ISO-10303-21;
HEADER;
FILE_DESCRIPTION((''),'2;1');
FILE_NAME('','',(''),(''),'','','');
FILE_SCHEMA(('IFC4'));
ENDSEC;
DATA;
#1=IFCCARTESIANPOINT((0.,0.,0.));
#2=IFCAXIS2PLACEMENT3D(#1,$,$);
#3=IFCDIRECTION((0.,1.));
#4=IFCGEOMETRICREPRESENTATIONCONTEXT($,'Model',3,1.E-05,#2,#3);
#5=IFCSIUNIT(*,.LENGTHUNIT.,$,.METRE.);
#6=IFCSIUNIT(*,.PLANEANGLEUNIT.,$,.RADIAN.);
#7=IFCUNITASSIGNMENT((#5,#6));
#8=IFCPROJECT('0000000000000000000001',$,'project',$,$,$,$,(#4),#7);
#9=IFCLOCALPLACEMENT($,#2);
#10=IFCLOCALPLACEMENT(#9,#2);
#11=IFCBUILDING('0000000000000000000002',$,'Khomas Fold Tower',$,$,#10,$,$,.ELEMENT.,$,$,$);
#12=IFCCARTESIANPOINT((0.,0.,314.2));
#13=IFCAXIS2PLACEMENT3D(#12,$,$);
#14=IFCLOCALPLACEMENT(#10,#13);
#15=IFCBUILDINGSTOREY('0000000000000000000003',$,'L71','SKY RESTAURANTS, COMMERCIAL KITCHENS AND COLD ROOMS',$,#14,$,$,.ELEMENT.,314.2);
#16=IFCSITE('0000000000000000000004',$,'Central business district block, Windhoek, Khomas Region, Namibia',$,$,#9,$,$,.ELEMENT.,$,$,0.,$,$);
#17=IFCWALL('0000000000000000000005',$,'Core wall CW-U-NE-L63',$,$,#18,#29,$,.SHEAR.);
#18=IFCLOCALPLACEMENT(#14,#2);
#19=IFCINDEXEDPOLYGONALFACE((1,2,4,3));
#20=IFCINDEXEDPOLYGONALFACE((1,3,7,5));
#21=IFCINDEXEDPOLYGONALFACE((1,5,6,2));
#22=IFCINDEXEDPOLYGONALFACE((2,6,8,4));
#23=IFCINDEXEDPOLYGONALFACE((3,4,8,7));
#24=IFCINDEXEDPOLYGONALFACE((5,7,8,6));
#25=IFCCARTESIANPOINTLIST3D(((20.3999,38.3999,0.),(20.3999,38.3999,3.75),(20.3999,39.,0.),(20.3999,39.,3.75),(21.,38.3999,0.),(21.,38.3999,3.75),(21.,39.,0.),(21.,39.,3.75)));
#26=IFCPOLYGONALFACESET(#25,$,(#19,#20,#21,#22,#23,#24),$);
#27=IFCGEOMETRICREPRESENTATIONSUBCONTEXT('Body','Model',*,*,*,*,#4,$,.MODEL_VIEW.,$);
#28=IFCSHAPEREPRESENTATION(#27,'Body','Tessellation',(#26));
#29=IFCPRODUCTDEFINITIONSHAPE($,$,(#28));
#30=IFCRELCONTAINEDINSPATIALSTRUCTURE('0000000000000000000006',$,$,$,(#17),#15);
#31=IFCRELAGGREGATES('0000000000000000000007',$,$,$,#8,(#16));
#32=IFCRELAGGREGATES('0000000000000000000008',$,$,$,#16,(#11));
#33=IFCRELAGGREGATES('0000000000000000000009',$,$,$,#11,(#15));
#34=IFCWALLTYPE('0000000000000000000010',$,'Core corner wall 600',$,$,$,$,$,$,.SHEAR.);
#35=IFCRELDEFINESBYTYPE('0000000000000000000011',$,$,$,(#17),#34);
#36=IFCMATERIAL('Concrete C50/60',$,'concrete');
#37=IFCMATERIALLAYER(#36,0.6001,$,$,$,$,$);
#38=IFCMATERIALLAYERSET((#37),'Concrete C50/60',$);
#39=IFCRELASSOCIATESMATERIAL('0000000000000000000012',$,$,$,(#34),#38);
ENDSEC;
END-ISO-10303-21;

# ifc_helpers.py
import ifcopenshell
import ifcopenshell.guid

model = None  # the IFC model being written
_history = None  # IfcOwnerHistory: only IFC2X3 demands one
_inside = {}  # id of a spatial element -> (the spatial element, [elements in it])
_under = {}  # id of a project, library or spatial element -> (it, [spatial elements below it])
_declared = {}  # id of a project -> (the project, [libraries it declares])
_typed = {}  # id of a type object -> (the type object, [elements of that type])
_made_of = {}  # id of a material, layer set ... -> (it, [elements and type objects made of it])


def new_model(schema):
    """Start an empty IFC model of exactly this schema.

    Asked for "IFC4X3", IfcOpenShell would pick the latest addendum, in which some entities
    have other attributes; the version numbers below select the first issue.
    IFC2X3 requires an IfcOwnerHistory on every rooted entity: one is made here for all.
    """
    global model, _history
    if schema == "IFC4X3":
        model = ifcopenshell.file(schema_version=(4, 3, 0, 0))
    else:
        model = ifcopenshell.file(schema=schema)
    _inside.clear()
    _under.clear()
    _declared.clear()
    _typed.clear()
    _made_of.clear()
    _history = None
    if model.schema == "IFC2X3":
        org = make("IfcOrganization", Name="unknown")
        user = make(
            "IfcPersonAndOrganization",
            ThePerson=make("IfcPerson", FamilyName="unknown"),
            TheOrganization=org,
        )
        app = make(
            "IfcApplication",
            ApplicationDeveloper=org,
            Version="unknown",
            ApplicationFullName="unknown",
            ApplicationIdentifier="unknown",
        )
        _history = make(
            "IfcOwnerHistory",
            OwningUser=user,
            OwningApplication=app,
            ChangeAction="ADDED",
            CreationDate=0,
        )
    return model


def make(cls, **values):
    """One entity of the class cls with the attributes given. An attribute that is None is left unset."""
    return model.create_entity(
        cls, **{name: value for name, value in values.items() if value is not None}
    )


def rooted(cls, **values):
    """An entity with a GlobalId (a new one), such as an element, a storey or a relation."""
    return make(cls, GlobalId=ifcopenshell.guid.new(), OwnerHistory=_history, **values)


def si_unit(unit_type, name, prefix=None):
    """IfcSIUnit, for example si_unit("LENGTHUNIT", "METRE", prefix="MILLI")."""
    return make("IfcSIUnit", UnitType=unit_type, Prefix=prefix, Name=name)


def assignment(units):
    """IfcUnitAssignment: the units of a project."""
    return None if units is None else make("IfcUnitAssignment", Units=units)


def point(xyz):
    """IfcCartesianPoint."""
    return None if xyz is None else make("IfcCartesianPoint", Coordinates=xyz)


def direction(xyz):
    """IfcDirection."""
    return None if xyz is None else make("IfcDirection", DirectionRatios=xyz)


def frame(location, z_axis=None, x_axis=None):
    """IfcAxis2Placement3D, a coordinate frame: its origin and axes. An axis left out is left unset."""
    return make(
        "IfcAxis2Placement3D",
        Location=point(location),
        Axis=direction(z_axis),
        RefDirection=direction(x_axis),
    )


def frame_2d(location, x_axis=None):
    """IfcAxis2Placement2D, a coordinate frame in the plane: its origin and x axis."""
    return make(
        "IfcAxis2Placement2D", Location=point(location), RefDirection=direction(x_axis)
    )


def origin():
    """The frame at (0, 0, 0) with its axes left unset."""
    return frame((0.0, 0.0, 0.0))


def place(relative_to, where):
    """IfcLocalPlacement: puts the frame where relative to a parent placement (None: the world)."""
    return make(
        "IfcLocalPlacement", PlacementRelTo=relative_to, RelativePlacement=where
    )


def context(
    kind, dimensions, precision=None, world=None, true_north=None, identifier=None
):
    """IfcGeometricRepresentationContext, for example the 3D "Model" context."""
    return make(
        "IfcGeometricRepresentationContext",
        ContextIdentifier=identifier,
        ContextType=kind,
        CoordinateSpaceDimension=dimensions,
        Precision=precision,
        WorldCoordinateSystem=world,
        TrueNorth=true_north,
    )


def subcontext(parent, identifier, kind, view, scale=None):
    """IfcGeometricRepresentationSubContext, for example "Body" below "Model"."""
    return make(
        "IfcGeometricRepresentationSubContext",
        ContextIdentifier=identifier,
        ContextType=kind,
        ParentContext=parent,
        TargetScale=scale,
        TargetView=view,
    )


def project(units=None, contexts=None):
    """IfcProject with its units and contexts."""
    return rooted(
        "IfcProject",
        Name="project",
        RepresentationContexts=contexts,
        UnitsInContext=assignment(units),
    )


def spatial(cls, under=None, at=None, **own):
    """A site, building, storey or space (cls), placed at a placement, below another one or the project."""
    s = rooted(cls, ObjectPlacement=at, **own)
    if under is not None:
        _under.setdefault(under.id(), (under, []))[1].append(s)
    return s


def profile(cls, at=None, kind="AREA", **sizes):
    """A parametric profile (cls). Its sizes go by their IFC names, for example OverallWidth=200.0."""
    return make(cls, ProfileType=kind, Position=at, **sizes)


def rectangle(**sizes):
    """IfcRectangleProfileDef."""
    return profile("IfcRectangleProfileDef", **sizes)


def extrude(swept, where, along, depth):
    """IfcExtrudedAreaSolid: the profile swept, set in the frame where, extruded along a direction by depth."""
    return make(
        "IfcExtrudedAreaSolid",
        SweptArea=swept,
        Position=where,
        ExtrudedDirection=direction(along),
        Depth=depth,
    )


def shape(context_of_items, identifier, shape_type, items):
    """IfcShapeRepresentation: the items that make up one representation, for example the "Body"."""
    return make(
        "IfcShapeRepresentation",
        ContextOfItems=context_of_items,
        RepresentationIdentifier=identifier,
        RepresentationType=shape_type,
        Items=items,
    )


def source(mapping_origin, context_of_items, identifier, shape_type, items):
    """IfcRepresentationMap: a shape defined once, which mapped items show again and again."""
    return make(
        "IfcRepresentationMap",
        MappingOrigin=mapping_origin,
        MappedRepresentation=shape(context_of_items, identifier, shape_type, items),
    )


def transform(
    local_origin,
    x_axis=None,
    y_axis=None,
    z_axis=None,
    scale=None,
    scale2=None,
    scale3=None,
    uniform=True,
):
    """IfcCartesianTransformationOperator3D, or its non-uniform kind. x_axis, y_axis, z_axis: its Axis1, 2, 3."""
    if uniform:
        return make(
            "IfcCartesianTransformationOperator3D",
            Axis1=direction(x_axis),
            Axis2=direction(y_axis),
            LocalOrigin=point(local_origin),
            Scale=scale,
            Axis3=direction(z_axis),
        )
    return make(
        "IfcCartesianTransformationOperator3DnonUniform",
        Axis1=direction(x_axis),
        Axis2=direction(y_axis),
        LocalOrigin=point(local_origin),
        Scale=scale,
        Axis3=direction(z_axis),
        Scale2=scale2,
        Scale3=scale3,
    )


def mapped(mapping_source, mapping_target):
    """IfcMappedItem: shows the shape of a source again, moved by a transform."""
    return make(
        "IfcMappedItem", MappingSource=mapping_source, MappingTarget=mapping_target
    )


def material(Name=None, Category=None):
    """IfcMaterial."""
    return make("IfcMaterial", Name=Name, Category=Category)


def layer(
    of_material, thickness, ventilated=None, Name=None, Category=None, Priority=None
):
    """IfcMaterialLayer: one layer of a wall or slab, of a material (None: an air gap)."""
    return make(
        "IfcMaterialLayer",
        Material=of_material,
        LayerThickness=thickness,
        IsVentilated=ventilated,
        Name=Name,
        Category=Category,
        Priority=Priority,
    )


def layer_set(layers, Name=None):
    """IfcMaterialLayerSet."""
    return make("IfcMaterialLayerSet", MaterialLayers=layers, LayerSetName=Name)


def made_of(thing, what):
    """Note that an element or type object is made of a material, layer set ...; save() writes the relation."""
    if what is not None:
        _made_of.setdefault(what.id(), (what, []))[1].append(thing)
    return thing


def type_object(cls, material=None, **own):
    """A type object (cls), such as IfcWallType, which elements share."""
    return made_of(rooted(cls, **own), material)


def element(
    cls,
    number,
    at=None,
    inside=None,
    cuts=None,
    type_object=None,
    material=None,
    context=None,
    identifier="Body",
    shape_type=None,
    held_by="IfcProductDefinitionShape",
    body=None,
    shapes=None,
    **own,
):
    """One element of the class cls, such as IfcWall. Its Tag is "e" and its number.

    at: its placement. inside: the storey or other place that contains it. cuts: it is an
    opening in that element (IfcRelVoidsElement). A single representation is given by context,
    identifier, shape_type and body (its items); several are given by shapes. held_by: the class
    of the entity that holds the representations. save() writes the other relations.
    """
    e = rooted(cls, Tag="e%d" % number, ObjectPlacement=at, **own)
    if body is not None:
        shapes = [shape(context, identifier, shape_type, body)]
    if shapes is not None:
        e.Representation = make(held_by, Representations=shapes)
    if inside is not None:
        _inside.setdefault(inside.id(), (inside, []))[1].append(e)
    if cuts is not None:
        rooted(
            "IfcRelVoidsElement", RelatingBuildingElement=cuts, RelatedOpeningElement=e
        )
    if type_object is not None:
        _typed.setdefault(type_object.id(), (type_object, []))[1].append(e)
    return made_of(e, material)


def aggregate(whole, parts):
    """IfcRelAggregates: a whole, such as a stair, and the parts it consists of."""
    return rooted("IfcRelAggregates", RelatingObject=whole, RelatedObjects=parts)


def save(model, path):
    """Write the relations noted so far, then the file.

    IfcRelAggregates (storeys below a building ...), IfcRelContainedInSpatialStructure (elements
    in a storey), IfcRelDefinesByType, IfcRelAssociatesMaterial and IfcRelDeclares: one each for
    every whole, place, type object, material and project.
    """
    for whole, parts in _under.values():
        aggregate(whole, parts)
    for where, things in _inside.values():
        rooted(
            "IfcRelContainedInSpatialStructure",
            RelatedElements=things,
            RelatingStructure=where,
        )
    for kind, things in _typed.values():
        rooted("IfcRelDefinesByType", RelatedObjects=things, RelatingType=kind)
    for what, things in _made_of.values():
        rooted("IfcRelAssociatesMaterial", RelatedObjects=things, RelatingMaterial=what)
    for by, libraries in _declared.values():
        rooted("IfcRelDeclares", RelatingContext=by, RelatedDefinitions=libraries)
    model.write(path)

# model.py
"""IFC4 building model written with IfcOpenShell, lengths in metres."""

from ifc_helpers import new_model, si_unit, direction, frame, frame_2d, origin, place, context, subcontext, project, spatial, rectangle, extrude, source, transform, mapped, material, layer, layer_set, type_object, element, save


model = new_model("IFC4")

# Units and contexts
model_context = context("Model", 3, precision=1e-05, world=origin(), true_north=direction((0.0, 1.0)))
body_context = subcontext(model_context, "Body", "Model", "MODEL_VIEW")
ifc_project = project(units=[si_unit("LENGTHUNIT", "METRE"), si_unit("PLANEANGLEUNIT", "RADIAN")], contexts=[model_context])

# Site, building, storey
site_placement = place(None, origin())
site = spatial("IfcSite", under=ifc_project, at=site_placement, Name="Central business district block, Windhoek, Khomas Region, Namibia", CompositionType="ELEMENT", RefElevation=0.0)
building_placement = place(site_placement, origin())
building = spatial("IfcBuilding", under=site, at=building_placement, Name="Khomas Fold Tower", CompositionType="ELEMENT")
storey_placement = place(building_placement, frame((0.0, 0.0, 314.2)))
storey = spatial("IfcBuildingStorey", under=building, at=storey_placement, Name="L71", Description="SKY RESTAURANTS, COMMERCIAL KITCHENS AND COLD ROOMS", CompositionType="ELEMENT", Elevation=314.2)

# Wall
ifc_material_1 = material(Name="Concrete C50/60", Category="concrete")
ifc_layer_1 = layer(ifc_material_1, 0.6001)
ifc_layer_set_1 = layer_set([ifc_layer_1], Name="Concrete C50/60")
wall_type_1 = type_object("IfcWallType", Name="Core corner wall 600", PredefinedType="SHEAR", material=ifc_layer_set_1)
shared_shape_1 = source(origin(), body_context, "Body", "SweptSolid", [
    extrude(rectangle(XDim=0.6001, YDim=0.6001, at=frame_2d((0.3, 0.0))), origin(), (0.0, 0.0, 1.0), 3.75),
])
wall_1_placement = place(storey_placement, frame((20.3999, 38.7, 0.0), z_axis=(0.0, 0.0, 1.0), x_axis=(1.0, 0.0, 0.0)))
element("IfcWall", 1, at=wall_1_placement, inside=storey, type_object=wall_type_1, Name="Core wall CW-U-NE-L63", PredefinedType="SHEAR", context=body_context, shape_type="MappedRepresentation", body=[
    mapped(shared_shape_1, transform((0.0, 0.0, 0.0))),
])

save(model, "model.ifc")
